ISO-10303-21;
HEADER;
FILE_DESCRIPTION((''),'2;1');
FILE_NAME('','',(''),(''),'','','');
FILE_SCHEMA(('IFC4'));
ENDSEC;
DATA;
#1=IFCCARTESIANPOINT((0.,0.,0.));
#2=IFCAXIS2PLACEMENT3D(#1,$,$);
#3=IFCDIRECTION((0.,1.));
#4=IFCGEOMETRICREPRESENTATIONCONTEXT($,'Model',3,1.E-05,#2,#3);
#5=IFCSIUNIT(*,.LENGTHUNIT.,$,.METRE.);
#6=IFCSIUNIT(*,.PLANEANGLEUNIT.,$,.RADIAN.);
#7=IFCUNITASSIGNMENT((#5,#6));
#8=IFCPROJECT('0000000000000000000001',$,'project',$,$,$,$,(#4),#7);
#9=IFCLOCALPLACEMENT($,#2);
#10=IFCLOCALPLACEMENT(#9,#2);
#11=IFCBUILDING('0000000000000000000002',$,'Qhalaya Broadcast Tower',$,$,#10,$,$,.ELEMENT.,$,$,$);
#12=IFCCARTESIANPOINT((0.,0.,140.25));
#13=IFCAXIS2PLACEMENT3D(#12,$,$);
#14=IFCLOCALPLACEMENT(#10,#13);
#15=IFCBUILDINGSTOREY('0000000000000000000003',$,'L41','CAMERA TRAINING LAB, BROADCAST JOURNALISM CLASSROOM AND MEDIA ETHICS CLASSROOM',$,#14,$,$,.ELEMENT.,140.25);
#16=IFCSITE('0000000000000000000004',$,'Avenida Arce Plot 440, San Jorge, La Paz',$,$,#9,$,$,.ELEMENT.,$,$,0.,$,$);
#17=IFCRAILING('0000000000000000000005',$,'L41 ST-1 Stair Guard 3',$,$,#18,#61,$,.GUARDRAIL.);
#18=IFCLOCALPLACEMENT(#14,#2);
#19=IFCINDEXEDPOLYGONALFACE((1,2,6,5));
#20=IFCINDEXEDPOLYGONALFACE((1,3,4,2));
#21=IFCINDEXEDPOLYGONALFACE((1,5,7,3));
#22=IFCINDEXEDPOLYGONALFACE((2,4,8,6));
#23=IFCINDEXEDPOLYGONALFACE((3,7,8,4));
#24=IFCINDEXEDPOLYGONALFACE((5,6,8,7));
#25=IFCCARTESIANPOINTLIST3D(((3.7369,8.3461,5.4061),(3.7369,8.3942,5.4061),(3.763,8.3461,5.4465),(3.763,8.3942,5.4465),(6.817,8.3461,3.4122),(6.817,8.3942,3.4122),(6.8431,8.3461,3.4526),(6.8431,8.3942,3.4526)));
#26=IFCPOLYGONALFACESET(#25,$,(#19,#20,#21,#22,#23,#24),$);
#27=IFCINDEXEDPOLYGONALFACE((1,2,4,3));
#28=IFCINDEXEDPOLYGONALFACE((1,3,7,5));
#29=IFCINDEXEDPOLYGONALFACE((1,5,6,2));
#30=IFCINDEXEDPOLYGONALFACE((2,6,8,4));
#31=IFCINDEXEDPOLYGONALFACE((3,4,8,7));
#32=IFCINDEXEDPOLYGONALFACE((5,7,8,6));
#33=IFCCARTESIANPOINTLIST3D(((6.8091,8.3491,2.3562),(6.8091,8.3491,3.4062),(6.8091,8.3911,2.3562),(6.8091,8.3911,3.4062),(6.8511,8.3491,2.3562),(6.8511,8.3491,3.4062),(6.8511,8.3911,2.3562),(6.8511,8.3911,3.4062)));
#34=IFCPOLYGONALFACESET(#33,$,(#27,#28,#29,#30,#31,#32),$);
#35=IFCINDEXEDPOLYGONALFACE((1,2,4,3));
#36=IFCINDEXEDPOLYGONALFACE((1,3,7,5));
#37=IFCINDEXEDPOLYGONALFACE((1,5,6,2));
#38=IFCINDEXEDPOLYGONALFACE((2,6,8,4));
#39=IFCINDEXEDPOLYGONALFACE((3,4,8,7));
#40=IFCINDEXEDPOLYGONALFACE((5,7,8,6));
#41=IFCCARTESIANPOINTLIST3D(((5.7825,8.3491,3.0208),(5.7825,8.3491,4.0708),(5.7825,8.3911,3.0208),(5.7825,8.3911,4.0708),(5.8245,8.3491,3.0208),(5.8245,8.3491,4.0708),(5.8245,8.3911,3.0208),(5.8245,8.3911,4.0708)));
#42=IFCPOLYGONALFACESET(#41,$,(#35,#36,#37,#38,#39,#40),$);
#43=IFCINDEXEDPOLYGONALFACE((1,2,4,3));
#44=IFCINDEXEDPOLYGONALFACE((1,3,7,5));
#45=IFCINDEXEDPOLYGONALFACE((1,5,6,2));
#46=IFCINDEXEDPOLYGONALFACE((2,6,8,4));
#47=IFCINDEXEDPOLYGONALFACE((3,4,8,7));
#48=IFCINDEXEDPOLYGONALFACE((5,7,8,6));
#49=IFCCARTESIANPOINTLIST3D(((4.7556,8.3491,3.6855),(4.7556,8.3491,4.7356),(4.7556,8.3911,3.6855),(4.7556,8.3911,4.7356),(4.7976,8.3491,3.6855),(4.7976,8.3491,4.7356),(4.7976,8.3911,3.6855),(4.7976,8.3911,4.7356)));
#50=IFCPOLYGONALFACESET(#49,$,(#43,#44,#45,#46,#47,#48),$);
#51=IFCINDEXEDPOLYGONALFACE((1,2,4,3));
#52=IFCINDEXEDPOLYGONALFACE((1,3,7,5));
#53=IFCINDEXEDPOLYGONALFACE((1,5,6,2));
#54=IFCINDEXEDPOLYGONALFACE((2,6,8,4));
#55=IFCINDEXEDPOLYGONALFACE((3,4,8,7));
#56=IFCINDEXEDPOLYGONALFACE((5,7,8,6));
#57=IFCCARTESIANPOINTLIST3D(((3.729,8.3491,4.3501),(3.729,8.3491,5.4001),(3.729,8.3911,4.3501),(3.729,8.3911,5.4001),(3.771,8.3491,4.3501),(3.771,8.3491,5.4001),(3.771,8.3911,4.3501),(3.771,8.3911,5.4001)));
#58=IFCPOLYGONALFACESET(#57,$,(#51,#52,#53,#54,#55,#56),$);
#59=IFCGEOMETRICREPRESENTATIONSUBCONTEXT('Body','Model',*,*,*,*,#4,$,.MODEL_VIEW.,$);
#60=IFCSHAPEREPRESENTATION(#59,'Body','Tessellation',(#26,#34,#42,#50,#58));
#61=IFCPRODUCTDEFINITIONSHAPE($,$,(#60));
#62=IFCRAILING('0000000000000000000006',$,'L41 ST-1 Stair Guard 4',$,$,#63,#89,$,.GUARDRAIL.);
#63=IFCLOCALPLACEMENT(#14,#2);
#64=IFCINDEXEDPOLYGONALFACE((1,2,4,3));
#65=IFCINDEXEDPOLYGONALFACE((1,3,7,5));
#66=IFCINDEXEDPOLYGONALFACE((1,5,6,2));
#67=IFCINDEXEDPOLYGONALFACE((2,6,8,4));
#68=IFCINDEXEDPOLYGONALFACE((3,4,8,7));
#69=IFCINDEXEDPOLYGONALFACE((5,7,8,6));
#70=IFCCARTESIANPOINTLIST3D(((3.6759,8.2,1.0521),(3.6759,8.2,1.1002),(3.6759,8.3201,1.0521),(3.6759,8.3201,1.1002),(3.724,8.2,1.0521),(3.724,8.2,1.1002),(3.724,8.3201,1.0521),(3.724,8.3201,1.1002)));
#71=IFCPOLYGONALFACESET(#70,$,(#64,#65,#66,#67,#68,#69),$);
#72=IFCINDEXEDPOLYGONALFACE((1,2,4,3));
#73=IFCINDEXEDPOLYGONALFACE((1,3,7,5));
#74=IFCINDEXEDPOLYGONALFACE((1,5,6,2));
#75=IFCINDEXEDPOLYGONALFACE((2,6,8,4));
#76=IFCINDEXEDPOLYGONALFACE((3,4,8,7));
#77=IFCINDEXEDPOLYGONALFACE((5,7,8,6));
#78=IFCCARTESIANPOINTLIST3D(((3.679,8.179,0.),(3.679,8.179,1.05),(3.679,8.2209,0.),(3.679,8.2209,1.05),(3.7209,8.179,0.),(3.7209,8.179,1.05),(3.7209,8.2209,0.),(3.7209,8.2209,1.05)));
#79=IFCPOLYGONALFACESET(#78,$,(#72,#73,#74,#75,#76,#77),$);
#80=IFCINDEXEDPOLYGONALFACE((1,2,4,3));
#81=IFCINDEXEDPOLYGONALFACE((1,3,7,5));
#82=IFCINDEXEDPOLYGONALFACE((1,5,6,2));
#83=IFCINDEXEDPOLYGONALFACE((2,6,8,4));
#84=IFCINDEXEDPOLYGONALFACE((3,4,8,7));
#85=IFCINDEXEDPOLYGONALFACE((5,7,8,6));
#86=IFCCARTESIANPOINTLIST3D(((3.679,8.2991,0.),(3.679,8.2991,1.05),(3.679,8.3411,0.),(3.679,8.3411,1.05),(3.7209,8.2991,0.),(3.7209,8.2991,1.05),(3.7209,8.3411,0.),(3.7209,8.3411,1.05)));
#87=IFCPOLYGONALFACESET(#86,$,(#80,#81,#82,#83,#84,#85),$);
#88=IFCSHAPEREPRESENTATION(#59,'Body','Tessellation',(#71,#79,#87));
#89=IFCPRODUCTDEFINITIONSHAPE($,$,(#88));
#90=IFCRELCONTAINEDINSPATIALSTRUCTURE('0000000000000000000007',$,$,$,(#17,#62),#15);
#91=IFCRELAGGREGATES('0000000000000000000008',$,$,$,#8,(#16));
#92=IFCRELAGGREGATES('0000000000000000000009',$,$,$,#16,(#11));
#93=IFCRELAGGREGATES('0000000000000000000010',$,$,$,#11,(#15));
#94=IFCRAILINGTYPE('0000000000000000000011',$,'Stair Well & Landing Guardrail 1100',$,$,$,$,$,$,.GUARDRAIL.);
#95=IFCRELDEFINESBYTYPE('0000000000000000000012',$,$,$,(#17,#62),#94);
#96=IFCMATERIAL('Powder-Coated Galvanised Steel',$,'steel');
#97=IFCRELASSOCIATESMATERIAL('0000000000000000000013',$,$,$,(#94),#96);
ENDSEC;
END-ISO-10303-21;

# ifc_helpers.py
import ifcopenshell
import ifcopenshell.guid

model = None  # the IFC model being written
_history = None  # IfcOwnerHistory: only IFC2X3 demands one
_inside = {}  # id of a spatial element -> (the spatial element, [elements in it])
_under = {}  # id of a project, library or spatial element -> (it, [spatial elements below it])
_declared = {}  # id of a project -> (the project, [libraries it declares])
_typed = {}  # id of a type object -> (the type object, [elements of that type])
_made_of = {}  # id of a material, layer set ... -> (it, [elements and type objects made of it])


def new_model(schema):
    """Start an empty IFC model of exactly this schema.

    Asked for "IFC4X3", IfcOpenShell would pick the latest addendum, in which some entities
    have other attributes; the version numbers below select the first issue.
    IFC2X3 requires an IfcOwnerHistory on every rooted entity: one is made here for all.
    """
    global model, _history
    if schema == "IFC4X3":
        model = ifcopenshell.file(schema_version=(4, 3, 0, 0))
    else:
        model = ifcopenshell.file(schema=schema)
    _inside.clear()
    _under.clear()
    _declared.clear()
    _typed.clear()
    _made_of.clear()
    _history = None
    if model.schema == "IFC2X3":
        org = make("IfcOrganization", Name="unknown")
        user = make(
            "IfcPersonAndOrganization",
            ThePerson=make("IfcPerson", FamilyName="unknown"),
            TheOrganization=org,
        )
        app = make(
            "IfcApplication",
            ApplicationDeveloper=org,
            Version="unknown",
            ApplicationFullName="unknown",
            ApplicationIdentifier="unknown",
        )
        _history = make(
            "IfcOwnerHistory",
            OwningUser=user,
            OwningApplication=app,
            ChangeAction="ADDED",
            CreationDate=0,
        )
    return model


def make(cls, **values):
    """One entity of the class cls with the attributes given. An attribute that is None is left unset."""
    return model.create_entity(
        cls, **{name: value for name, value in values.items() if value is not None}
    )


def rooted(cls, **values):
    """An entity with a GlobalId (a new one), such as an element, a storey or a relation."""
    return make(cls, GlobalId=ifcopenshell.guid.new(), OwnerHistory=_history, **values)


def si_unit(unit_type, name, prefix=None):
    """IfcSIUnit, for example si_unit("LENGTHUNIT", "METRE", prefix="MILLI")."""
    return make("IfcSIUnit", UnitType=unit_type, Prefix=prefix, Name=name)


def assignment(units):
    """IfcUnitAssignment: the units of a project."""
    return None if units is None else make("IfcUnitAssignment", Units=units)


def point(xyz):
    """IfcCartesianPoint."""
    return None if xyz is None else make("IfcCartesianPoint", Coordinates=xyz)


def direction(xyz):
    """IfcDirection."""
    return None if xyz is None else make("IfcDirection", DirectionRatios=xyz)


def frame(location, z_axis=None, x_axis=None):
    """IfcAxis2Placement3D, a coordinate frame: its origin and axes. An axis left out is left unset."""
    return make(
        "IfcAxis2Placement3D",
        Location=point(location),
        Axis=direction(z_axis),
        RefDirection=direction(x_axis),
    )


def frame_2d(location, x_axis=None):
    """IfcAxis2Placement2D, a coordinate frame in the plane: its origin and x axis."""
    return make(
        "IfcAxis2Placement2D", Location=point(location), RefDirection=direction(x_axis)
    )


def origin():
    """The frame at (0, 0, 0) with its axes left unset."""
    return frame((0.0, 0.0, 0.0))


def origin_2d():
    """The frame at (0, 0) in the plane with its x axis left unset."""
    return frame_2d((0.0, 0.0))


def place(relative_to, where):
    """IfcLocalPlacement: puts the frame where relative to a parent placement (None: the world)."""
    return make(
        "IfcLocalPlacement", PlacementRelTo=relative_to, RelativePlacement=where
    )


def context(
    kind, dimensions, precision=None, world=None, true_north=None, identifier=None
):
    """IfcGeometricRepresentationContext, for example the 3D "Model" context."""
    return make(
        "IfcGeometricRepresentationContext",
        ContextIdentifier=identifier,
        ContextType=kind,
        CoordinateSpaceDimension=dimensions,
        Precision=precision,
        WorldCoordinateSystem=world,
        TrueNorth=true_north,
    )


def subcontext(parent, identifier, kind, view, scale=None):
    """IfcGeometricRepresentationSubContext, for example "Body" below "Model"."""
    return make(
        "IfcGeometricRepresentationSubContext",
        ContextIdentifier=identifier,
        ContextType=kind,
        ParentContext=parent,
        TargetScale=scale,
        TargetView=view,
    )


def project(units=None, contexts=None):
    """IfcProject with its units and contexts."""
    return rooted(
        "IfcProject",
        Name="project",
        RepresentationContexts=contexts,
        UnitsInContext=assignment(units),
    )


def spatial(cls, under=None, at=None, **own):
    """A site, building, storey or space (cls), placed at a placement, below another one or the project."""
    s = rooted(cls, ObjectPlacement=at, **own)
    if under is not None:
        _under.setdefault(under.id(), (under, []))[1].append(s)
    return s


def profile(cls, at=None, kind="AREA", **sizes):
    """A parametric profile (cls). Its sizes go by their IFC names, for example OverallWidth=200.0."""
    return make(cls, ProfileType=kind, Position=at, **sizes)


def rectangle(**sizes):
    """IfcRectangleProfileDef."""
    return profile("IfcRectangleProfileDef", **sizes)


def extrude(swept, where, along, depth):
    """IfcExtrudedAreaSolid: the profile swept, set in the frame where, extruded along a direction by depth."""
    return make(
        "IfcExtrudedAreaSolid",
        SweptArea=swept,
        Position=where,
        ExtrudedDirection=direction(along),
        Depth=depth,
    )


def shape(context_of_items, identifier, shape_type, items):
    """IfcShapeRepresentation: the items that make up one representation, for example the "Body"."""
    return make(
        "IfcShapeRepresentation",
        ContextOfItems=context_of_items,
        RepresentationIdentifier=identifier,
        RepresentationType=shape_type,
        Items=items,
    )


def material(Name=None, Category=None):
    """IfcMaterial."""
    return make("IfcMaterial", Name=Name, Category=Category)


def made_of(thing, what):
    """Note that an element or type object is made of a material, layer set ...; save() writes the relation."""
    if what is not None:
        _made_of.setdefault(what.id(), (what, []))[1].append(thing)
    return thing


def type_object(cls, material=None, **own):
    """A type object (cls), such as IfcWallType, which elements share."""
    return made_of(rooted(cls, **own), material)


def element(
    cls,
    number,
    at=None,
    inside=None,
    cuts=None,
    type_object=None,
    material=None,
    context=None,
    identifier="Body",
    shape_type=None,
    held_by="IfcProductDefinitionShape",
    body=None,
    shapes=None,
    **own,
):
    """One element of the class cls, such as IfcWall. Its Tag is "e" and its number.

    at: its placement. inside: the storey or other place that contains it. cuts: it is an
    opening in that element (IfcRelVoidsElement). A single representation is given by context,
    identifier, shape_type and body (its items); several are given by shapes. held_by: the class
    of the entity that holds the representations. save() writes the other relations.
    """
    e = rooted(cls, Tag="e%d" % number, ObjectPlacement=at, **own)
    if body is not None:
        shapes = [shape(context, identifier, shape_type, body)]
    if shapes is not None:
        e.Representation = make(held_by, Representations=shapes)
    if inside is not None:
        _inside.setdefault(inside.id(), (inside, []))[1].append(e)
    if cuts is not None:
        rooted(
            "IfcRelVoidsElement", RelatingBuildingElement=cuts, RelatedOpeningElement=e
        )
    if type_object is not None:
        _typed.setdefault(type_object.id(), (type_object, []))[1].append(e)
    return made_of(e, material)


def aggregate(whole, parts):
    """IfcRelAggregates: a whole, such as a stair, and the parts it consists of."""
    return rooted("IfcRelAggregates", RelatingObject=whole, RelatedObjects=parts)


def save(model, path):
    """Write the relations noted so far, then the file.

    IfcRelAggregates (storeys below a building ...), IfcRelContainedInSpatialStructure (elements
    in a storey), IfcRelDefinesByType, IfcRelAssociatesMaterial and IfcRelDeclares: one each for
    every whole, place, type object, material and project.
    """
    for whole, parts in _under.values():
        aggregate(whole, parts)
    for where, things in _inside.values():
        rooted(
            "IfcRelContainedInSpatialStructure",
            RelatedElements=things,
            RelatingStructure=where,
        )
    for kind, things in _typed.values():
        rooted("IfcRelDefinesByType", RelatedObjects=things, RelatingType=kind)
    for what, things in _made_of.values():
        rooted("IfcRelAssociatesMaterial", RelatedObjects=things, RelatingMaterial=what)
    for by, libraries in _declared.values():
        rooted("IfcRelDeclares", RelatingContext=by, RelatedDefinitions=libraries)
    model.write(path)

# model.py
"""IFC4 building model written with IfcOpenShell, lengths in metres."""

from ifc_helpers import new_model, si_unit, direction, frame, origin, origin_2d, place, context, subcontext, project, spatial, rectangle, extrude, material, type_object, element, save


model = new_model("IFC4")

# Units and contexts
model_context = context("Model", 3, precision=1e-05, world=origin(), true_north=direction((0.0, 1.0)))
body_context = subcontext(model_context, "Body", "Model", "MODEL_VIEW")
ifc_project = project(units=[si_unit("LENGTHUNIT", "METRE"), si_unit("PLANEANGLEUNIT", "RADIAN")], contexts=[model_context])

# Site, building, storey
site_placement = place(None, origin())
site = spatial("IfcSite", under=ifc_project, at=site_placement, Name="Avenida Arce Plot 440, San Jorge, La Paz", CompositionType="ELEMENT", RefElevation=0.0)
building_placement = place(site_placement, origin())
building = spatial("IfcBuilding", under=site, at=building_placement, Name="Qhalaya Broadcast Tower", CompositionType="ELEMENT")
storey_placement = place(building_placement, frame((0.0, 0.0, 140.25)))
storey = spatial("IfcBuildingStorey", under=building, at=storey_placement, Name="L41", Description="CAMERA TRAINING LAB, BROADCAST JOURNALISM CLASSROOM AND MEDIA ETHICS CLASSROOM", CompositionType="ELEMENT", Elevation=140.25)

# Railings
ifc_material_1 = material(Name="Powder-Coated Galvanised Steel", Category="steel")
railing_type_1 = type_object("IfcRailingType", Name="Stair Well & Landing Guardrail 1100", PredefinedType="GUARDRAIL", material=ifc_material_1)
railing_1_placement = place(storey_placement, frame((6.8301, 8.3701, 2.3562)))
element("IfcRailing", 1, at=railing_1_placement, inside=storey, type_object=railing_type_1, Name="L41 ST-1 Stair Guard 3", PredefinedType="GUARDRAIL", context=body_context, shape_type="SweptSolid", body=[
    extrude(rectangle(XDim=0.0481, YDim=0.0481, at=origin_2d()), frame((0.0, 0.0, 1.0762), z_axis=(-0.839458, 0.0, 0.543425), x_axis=(0.0, -1.0, 0.0)), (0.0, 0.0, 1.0), 3.6692),
    extrude(rectangle(XDim=0.042, YDim=0.042, at=origin_2d()), origin(), (0.0, 0.0, 1.0), 1.05),
    extrude(rectangle(XDim=0.042, YDim=0.042, at=origin_2d()), frame((-1.0266, 0.0, 0.6646)), (0.0, 0.0, 1.0), 1.05),
    extrude(rectangle(XDim=0.042, YDim=0.042, at=origin_2d()), frame((-2.0535, 0.0, 1.3293)), (0.0, 0.0, 1.0), 1.05),
    extrude(rectangle(XDim=0.042, YDim=0.042, at=origin_2d()), frame((-3.0801, 0.0, 1.9939)), (0.0, 0.0, 1.0), 1.05),
])
railing_2_placement = place(storey_placement, frame((3.7, 8.2, 0.0)))
element("IfcRailing", 2, at=railing_2_placement, inside=storey, type_object=railing_type_1, Name="L41 ST-1 Stair Guard 4", PredefinedType="GUARDRAIL", context=body_context, shape_type="SweptSolid", body=[
    extrude(rectangle(XDim=0.0481, YDim=0.0481, at=origin_2d()), frame((0.0, 0.0, 1.0762), z_axis=(0.0, 1.0, 0.0), x_axis=(-1.0, 0.0, 0.0)), (0.0, 0.0, 1.0), 0.1201),
    extrude(rectangle(XDim=0.042, YDim=0.042, at=origin_2d()), origin(), (0.0, 0.0, 1.0), 1.05),
    extrude(rectangle(XDim=0.042, YDim=0.042, at=origin_2d()), frame((0.0, 0.1201, 0.0)), (0.0, 0.0, 1.0), 1.05),
])

save(model, "model.ifc")
